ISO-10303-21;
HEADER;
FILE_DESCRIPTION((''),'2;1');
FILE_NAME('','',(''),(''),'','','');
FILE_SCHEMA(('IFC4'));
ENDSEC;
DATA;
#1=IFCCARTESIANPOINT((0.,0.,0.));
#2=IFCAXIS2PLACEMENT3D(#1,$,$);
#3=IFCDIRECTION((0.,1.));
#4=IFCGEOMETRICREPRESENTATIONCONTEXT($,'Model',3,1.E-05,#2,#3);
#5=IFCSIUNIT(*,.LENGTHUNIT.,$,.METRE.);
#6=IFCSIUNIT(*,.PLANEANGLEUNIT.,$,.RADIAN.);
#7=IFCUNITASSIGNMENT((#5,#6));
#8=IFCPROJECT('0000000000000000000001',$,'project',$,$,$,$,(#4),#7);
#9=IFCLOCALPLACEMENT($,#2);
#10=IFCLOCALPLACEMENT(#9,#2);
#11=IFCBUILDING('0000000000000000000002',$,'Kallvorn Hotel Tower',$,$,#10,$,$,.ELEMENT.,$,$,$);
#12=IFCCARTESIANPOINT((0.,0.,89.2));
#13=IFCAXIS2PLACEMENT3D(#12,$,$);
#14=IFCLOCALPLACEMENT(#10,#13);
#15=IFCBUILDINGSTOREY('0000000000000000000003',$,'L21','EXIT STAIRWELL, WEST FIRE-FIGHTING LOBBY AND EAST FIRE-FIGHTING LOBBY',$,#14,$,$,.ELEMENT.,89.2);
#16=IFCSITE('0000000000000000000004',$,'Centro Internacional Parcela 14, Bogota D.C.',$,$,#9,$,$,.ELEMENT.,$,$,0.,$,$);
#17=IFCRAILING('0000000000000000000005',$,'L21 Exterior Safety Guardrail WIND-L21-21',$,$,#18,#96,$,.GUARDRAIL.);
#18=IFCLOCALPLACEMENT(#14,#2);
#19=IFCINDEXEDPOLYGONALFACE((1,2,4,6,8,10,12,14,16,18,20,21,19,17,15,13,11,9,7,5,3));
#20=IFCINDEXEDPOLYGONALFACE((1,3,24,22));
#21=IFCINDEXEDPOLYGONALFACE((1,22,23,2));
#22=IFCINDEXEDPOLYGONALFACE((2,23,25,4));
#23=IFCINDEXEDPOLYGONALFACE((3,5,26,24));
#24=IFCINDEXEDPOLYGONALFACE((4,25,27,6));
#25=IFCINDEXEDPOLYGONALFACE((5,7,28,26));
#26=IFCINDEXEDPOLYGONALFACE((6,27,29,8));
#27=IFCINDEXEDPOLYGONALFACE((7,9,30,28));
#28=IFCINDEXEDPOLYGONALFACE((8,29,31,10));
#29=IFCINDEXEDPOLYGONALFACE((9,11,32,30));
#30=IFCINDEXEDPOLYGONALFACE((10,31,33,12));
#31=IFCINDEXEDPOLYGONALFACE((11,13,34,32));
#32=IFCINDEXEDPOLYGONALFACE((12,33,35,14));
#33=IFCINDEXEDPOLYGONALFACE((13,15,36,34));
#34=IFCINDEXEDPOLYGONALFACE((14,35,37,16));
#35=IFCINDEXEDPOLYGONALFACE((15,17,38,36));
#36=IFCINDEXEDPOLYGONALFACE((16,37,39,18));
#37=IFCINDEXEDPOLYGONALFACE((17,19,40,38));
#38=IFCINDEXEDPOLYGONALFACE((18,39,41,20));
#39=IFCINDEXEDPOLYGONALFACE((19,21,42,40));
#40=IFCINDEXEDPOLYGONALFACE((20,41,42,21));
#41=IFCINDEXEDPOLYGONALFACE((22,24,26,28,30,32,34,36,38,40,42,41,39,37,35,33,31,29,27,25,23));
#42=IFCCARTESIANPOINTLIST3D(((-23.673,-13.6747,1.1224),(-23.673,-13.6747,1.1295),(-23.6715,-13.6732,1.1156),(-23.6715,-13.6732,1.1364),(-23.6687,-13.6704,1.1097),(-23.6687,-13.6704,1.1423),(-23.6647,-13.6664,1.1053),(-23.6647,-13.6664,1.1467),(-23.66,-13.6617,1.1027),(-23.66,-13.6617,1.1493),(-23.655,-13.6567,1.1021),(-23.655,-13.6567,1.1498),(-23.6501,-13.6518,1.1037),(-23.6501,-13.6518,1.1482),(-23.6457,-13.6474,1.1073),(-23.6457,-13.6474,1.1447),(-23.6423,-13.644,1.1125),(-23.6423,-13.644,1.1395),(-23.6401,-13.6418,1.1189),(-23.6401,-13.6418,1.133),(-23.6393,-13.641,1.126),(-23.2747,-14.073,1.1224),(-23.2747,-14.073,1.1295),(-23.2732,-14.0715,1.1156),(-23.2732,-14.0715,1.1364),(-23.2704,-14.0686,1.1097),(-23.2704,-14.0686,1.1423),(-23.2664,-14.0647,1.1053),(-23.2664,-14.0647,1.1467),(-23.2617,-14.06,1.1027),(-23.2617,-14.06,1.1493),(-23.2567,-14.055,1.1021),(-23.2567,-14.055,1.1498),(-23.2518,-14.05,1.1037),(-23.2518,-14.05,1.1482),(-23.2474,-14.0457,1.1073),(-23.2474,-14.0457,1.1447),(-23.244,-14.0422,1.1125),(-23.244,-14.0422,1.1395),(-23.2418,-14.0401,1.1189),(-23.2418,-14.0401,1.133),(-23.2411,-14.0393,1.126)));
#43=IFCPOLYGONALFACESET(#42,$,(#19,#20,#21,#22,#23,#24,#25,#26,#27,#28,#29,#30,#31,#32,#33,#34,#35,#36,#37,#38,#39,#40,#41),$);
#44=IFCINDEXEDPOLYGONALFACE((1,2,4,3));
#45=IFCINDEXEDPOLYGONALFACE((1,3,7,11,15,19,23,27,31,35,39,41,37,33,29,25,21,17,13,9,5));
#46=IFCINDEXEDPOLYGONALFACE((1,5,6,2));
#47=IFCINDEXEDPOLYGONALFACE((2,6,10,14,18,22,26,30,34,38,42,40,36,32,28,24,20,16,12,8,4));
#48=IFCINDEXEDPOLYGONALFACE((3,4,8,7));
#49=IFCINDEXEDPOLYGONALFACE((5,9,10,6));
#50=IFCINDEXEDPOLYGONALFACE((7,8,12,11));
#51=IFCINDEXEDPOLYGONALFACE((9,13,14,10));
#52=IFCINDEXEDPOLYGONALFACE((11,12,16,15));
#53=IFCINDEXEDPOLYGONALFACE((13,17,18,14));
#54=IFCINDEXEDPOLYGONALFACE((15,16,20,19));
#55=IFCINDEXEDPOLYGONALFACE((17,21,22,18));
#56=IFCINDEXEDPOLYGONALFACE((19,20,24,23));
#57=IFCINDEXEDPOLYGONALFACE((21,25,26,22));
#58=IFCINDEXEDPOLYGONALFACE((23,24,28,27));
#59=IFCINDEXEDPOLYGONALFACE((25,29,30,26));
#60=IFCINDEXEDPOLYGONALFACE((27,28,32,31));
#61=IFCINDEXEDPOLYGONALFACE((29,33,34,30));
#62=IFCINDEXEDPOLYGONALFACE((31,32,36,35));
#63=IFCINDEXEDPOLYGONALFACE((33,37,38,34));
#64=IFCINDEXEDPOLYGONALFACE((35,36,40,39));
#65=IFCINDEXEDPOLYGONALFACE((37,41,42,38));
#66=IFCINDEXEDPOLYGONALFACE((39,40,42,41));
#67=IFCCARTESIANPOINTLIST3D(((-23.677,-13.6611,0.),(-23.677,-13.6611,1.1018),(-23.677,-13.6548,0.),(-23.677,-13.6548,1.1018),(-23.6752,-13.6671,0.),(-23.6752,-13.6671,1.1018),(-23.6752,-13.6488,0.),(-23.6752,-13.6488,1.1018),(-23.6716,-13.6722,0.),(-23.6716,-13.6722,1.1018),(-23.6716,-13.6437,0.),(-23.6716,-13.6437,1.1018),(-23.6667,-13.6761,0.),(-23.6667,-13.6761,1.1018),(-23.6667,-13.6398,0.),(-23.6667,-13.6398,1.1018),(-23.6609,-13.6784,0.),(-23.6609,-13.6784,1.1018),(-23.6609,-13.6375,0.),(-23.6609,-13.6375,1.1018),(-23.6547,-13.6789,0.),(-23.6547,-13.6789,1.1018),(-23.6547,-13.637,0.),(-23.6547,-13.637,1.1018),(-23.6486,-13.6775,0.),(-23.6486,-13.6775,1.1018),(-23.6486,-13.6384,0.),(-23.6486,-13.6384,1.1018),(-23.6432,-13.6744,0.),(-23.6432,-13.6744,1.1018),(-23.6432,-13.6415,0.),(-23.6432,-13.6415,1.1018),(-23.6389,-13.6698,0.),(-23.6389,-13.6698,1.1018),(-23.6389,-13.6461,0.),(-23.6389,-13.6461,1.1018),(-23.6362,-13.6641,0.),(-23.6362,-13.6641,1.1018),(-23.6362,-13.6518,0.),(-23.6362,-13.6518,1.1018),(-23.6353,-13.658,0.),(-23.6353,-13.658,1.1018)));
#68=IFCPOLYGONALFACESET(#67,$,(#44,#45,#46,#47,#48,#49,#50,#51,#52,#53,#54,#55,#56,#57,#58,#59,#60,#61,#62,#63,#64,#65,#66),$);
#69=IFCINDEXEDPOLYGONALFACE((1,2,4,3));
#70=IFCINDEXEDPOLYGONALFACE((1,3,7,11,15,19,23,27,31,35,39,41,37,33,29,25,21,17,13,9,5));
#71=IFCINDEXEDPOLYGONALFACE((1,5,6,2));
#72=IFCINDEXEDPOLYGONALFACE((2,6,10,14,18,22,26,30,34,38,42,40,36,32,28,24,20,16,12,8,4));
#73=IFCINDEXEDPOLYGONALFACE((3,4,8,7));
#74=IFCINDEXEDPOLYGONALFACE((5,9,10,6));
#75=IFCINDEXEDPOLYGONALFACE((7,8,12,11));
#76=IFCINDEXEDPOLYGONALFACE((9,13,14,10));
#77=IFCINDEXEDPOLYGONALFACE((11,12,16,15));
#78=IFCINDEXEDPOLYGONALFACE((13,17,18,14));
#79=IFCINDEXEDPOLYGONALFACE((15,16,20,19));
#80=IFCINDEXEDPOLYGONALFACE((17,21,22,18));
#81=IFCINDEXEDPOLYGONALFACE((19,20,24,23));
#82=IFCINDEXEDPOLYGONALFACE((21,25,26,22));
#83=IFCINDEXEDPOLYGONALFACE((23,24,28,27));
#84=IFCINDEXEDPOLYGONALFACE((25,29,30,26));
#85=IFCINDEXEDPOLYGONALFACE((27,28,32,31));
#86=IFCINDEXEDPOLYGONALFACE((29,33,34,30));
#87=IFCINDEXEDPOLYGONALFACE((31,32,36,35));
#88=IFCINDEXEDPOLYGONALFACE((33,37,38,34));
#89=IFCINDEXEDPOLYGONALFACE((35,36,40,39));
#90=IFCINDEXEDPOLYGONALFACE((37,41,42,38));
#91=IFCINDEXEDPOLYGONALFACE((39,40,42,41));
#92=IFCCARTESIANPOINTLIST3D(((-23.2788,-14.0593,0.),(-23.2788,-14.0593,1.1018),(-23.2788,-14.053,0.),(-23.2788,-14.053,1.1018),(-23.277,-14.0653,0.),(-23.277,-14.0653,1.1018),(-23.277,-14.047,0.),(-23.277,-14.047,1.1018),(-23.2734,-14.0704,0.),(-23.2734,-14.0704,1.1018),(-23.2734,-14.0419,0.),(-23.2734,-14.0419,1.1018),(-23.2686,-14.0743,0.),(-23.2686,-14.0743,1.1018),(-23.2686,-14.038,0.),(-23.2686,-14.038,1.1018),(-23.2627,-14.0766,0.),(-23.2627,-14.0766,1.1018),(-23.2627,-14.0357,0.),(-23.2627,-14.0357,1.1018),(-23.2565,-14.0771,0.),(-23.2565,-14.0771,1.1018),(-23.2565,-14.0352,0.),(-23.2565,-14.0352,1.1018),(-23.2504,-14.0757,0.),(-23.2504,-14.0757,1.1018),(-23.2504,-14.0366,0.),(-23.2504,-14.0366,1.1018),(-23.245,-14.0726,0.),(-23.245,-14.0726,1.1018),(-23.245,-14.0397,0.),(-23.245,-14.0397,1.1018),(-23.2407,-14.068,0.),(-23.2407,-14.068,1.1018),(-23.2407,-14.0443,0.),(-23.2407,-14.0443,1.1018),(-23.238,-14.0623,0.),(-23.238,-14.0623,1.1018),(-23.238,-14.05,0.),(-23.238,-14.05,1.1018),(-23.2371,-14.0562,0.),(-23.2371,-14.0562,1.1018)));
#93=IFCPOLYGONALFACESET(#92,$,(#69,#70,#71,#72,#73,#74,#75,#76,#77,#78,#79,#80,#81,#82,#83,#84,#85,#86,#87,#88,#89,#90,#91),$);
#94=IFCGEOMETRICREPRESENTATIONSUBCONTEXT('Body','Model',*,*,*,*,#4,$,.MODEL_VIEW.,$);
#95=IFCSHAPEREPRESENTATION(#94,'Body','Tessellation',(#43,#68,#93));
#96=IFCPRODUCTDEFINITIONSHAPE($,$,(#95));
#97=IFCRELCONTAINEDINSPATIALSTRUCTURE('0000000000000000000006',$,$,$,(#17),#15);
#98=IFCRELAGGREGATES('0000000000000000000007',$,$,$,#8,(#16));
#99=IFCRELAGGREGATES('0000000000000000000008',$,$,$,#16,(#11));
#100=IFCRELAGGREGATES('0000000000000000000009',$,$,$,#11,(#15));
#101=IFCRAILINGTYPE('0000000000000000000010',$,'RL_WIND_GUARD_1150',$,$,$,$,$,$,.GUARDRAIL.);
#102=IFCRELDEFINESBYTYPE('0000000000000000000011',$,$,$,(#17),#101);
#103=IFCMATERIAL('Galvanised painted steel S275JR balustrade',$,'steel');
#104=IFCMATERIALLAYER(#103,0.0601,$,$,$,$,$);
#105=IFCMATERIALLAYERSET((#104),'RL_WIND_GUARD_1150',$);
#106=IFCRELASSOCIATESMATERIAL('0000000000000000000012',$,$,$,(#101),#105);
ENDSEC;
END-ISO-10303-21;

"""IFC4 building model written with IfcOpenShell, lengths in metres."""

from ifc_helpers import new_model, si_unit, direction, frame, origin, origin_2d, place, context, subcontext, project, spatial, circle, extrude, material, layer, layer_set, type_object, element, save


model = new_model("IFC4")

# Units and contexts
model_context = context("Model", 3, precision=1e-05, world=origin(), true_north=direction((0.0, 1.0)))
body_context = subcontext(model_context, "Body", "Model", "MODEL_VIEW")
ifc_project = project(units=[si_unit("LENGTHUNIT", "METRE"), si_unit("PLANEANGLEUNIT", "RADIAN")], contexts=[model_context])

# Site, building, storey
site_placement = place(None, origin())
site = spatial("IfcSite", under=ifc_project, at=site_placement, Name="Centro Internacional Parcela 14, Bogota D.C.", CompositionType="ELEMENT", RefElevation=0.0)
building_placement = place(site_placement, origin())
building = spatial("IfcBuilding", under=site, at=building_placement, Name="Kallvorn Hotel Tower", CompositionType="ELEMENT")
storey_placement = place(building_placement, frame((0.0, 0.0, 89.2)))
storey = spatial("IfcBuildingStorey", under=building, at=storey_placement, Name="L21", Description="EXIT STAIRWELL, WEST FIRE-FIGHTING LOBBY AND EAST FIRE-FIGHTING LOBBY", CompositionType="ELEMENT", Elevation=89.2)

# Railing
ifc_material_1 = material(Name="Galvanised painted steel S275JR balustrade", Category="steel")
ifc_layer_1 = layer(ifc_material_1, 0.0601)
ifc_layer_set_1 = layer_set([ifc_layer_1], Name="RL_WIND_GUARD_1150")
railing_type = type_object("IfcRailingType", Name="RL_WIND_GUARD_1150", PredefinedType="GUARDRAIL", material=ifc_layer_set_1)
railing_1_placement = place(storey_placement, frame((-23.6562, -13.658, 0.0)))
element("IfcRailing", 1, at=railing_1_placement, inside=storey, type_object=railing_type, Name="L21 Exterior Safety Guardrail WIND-L21-21", PredefinedType="GUARDRAIL", context=body_context, shape_type="SweptSolid", body=[
    extrude(circle(Radius=0.0239, at=origin_2d()), frame((0.0, 0.0, 1.126), z_axis=(0.707107, -0.707107, 0.0), x_axis=(0.707107, 0.707107, 0.0)), (0.0, 0.0, 1.0), 0.5632),
    extrude(circle(Radius=0.021, at=origin_2d()), origin(), (0.0, 0.0, 1.0), 1.1018),
    extrude(circle(Radius=0.021, at=origin_2d()), frame((0.3982, -0.3982, 0.0)), (0.0, 0.0, 1.0), 1.1018),
])

save(model, "model.ifc")
